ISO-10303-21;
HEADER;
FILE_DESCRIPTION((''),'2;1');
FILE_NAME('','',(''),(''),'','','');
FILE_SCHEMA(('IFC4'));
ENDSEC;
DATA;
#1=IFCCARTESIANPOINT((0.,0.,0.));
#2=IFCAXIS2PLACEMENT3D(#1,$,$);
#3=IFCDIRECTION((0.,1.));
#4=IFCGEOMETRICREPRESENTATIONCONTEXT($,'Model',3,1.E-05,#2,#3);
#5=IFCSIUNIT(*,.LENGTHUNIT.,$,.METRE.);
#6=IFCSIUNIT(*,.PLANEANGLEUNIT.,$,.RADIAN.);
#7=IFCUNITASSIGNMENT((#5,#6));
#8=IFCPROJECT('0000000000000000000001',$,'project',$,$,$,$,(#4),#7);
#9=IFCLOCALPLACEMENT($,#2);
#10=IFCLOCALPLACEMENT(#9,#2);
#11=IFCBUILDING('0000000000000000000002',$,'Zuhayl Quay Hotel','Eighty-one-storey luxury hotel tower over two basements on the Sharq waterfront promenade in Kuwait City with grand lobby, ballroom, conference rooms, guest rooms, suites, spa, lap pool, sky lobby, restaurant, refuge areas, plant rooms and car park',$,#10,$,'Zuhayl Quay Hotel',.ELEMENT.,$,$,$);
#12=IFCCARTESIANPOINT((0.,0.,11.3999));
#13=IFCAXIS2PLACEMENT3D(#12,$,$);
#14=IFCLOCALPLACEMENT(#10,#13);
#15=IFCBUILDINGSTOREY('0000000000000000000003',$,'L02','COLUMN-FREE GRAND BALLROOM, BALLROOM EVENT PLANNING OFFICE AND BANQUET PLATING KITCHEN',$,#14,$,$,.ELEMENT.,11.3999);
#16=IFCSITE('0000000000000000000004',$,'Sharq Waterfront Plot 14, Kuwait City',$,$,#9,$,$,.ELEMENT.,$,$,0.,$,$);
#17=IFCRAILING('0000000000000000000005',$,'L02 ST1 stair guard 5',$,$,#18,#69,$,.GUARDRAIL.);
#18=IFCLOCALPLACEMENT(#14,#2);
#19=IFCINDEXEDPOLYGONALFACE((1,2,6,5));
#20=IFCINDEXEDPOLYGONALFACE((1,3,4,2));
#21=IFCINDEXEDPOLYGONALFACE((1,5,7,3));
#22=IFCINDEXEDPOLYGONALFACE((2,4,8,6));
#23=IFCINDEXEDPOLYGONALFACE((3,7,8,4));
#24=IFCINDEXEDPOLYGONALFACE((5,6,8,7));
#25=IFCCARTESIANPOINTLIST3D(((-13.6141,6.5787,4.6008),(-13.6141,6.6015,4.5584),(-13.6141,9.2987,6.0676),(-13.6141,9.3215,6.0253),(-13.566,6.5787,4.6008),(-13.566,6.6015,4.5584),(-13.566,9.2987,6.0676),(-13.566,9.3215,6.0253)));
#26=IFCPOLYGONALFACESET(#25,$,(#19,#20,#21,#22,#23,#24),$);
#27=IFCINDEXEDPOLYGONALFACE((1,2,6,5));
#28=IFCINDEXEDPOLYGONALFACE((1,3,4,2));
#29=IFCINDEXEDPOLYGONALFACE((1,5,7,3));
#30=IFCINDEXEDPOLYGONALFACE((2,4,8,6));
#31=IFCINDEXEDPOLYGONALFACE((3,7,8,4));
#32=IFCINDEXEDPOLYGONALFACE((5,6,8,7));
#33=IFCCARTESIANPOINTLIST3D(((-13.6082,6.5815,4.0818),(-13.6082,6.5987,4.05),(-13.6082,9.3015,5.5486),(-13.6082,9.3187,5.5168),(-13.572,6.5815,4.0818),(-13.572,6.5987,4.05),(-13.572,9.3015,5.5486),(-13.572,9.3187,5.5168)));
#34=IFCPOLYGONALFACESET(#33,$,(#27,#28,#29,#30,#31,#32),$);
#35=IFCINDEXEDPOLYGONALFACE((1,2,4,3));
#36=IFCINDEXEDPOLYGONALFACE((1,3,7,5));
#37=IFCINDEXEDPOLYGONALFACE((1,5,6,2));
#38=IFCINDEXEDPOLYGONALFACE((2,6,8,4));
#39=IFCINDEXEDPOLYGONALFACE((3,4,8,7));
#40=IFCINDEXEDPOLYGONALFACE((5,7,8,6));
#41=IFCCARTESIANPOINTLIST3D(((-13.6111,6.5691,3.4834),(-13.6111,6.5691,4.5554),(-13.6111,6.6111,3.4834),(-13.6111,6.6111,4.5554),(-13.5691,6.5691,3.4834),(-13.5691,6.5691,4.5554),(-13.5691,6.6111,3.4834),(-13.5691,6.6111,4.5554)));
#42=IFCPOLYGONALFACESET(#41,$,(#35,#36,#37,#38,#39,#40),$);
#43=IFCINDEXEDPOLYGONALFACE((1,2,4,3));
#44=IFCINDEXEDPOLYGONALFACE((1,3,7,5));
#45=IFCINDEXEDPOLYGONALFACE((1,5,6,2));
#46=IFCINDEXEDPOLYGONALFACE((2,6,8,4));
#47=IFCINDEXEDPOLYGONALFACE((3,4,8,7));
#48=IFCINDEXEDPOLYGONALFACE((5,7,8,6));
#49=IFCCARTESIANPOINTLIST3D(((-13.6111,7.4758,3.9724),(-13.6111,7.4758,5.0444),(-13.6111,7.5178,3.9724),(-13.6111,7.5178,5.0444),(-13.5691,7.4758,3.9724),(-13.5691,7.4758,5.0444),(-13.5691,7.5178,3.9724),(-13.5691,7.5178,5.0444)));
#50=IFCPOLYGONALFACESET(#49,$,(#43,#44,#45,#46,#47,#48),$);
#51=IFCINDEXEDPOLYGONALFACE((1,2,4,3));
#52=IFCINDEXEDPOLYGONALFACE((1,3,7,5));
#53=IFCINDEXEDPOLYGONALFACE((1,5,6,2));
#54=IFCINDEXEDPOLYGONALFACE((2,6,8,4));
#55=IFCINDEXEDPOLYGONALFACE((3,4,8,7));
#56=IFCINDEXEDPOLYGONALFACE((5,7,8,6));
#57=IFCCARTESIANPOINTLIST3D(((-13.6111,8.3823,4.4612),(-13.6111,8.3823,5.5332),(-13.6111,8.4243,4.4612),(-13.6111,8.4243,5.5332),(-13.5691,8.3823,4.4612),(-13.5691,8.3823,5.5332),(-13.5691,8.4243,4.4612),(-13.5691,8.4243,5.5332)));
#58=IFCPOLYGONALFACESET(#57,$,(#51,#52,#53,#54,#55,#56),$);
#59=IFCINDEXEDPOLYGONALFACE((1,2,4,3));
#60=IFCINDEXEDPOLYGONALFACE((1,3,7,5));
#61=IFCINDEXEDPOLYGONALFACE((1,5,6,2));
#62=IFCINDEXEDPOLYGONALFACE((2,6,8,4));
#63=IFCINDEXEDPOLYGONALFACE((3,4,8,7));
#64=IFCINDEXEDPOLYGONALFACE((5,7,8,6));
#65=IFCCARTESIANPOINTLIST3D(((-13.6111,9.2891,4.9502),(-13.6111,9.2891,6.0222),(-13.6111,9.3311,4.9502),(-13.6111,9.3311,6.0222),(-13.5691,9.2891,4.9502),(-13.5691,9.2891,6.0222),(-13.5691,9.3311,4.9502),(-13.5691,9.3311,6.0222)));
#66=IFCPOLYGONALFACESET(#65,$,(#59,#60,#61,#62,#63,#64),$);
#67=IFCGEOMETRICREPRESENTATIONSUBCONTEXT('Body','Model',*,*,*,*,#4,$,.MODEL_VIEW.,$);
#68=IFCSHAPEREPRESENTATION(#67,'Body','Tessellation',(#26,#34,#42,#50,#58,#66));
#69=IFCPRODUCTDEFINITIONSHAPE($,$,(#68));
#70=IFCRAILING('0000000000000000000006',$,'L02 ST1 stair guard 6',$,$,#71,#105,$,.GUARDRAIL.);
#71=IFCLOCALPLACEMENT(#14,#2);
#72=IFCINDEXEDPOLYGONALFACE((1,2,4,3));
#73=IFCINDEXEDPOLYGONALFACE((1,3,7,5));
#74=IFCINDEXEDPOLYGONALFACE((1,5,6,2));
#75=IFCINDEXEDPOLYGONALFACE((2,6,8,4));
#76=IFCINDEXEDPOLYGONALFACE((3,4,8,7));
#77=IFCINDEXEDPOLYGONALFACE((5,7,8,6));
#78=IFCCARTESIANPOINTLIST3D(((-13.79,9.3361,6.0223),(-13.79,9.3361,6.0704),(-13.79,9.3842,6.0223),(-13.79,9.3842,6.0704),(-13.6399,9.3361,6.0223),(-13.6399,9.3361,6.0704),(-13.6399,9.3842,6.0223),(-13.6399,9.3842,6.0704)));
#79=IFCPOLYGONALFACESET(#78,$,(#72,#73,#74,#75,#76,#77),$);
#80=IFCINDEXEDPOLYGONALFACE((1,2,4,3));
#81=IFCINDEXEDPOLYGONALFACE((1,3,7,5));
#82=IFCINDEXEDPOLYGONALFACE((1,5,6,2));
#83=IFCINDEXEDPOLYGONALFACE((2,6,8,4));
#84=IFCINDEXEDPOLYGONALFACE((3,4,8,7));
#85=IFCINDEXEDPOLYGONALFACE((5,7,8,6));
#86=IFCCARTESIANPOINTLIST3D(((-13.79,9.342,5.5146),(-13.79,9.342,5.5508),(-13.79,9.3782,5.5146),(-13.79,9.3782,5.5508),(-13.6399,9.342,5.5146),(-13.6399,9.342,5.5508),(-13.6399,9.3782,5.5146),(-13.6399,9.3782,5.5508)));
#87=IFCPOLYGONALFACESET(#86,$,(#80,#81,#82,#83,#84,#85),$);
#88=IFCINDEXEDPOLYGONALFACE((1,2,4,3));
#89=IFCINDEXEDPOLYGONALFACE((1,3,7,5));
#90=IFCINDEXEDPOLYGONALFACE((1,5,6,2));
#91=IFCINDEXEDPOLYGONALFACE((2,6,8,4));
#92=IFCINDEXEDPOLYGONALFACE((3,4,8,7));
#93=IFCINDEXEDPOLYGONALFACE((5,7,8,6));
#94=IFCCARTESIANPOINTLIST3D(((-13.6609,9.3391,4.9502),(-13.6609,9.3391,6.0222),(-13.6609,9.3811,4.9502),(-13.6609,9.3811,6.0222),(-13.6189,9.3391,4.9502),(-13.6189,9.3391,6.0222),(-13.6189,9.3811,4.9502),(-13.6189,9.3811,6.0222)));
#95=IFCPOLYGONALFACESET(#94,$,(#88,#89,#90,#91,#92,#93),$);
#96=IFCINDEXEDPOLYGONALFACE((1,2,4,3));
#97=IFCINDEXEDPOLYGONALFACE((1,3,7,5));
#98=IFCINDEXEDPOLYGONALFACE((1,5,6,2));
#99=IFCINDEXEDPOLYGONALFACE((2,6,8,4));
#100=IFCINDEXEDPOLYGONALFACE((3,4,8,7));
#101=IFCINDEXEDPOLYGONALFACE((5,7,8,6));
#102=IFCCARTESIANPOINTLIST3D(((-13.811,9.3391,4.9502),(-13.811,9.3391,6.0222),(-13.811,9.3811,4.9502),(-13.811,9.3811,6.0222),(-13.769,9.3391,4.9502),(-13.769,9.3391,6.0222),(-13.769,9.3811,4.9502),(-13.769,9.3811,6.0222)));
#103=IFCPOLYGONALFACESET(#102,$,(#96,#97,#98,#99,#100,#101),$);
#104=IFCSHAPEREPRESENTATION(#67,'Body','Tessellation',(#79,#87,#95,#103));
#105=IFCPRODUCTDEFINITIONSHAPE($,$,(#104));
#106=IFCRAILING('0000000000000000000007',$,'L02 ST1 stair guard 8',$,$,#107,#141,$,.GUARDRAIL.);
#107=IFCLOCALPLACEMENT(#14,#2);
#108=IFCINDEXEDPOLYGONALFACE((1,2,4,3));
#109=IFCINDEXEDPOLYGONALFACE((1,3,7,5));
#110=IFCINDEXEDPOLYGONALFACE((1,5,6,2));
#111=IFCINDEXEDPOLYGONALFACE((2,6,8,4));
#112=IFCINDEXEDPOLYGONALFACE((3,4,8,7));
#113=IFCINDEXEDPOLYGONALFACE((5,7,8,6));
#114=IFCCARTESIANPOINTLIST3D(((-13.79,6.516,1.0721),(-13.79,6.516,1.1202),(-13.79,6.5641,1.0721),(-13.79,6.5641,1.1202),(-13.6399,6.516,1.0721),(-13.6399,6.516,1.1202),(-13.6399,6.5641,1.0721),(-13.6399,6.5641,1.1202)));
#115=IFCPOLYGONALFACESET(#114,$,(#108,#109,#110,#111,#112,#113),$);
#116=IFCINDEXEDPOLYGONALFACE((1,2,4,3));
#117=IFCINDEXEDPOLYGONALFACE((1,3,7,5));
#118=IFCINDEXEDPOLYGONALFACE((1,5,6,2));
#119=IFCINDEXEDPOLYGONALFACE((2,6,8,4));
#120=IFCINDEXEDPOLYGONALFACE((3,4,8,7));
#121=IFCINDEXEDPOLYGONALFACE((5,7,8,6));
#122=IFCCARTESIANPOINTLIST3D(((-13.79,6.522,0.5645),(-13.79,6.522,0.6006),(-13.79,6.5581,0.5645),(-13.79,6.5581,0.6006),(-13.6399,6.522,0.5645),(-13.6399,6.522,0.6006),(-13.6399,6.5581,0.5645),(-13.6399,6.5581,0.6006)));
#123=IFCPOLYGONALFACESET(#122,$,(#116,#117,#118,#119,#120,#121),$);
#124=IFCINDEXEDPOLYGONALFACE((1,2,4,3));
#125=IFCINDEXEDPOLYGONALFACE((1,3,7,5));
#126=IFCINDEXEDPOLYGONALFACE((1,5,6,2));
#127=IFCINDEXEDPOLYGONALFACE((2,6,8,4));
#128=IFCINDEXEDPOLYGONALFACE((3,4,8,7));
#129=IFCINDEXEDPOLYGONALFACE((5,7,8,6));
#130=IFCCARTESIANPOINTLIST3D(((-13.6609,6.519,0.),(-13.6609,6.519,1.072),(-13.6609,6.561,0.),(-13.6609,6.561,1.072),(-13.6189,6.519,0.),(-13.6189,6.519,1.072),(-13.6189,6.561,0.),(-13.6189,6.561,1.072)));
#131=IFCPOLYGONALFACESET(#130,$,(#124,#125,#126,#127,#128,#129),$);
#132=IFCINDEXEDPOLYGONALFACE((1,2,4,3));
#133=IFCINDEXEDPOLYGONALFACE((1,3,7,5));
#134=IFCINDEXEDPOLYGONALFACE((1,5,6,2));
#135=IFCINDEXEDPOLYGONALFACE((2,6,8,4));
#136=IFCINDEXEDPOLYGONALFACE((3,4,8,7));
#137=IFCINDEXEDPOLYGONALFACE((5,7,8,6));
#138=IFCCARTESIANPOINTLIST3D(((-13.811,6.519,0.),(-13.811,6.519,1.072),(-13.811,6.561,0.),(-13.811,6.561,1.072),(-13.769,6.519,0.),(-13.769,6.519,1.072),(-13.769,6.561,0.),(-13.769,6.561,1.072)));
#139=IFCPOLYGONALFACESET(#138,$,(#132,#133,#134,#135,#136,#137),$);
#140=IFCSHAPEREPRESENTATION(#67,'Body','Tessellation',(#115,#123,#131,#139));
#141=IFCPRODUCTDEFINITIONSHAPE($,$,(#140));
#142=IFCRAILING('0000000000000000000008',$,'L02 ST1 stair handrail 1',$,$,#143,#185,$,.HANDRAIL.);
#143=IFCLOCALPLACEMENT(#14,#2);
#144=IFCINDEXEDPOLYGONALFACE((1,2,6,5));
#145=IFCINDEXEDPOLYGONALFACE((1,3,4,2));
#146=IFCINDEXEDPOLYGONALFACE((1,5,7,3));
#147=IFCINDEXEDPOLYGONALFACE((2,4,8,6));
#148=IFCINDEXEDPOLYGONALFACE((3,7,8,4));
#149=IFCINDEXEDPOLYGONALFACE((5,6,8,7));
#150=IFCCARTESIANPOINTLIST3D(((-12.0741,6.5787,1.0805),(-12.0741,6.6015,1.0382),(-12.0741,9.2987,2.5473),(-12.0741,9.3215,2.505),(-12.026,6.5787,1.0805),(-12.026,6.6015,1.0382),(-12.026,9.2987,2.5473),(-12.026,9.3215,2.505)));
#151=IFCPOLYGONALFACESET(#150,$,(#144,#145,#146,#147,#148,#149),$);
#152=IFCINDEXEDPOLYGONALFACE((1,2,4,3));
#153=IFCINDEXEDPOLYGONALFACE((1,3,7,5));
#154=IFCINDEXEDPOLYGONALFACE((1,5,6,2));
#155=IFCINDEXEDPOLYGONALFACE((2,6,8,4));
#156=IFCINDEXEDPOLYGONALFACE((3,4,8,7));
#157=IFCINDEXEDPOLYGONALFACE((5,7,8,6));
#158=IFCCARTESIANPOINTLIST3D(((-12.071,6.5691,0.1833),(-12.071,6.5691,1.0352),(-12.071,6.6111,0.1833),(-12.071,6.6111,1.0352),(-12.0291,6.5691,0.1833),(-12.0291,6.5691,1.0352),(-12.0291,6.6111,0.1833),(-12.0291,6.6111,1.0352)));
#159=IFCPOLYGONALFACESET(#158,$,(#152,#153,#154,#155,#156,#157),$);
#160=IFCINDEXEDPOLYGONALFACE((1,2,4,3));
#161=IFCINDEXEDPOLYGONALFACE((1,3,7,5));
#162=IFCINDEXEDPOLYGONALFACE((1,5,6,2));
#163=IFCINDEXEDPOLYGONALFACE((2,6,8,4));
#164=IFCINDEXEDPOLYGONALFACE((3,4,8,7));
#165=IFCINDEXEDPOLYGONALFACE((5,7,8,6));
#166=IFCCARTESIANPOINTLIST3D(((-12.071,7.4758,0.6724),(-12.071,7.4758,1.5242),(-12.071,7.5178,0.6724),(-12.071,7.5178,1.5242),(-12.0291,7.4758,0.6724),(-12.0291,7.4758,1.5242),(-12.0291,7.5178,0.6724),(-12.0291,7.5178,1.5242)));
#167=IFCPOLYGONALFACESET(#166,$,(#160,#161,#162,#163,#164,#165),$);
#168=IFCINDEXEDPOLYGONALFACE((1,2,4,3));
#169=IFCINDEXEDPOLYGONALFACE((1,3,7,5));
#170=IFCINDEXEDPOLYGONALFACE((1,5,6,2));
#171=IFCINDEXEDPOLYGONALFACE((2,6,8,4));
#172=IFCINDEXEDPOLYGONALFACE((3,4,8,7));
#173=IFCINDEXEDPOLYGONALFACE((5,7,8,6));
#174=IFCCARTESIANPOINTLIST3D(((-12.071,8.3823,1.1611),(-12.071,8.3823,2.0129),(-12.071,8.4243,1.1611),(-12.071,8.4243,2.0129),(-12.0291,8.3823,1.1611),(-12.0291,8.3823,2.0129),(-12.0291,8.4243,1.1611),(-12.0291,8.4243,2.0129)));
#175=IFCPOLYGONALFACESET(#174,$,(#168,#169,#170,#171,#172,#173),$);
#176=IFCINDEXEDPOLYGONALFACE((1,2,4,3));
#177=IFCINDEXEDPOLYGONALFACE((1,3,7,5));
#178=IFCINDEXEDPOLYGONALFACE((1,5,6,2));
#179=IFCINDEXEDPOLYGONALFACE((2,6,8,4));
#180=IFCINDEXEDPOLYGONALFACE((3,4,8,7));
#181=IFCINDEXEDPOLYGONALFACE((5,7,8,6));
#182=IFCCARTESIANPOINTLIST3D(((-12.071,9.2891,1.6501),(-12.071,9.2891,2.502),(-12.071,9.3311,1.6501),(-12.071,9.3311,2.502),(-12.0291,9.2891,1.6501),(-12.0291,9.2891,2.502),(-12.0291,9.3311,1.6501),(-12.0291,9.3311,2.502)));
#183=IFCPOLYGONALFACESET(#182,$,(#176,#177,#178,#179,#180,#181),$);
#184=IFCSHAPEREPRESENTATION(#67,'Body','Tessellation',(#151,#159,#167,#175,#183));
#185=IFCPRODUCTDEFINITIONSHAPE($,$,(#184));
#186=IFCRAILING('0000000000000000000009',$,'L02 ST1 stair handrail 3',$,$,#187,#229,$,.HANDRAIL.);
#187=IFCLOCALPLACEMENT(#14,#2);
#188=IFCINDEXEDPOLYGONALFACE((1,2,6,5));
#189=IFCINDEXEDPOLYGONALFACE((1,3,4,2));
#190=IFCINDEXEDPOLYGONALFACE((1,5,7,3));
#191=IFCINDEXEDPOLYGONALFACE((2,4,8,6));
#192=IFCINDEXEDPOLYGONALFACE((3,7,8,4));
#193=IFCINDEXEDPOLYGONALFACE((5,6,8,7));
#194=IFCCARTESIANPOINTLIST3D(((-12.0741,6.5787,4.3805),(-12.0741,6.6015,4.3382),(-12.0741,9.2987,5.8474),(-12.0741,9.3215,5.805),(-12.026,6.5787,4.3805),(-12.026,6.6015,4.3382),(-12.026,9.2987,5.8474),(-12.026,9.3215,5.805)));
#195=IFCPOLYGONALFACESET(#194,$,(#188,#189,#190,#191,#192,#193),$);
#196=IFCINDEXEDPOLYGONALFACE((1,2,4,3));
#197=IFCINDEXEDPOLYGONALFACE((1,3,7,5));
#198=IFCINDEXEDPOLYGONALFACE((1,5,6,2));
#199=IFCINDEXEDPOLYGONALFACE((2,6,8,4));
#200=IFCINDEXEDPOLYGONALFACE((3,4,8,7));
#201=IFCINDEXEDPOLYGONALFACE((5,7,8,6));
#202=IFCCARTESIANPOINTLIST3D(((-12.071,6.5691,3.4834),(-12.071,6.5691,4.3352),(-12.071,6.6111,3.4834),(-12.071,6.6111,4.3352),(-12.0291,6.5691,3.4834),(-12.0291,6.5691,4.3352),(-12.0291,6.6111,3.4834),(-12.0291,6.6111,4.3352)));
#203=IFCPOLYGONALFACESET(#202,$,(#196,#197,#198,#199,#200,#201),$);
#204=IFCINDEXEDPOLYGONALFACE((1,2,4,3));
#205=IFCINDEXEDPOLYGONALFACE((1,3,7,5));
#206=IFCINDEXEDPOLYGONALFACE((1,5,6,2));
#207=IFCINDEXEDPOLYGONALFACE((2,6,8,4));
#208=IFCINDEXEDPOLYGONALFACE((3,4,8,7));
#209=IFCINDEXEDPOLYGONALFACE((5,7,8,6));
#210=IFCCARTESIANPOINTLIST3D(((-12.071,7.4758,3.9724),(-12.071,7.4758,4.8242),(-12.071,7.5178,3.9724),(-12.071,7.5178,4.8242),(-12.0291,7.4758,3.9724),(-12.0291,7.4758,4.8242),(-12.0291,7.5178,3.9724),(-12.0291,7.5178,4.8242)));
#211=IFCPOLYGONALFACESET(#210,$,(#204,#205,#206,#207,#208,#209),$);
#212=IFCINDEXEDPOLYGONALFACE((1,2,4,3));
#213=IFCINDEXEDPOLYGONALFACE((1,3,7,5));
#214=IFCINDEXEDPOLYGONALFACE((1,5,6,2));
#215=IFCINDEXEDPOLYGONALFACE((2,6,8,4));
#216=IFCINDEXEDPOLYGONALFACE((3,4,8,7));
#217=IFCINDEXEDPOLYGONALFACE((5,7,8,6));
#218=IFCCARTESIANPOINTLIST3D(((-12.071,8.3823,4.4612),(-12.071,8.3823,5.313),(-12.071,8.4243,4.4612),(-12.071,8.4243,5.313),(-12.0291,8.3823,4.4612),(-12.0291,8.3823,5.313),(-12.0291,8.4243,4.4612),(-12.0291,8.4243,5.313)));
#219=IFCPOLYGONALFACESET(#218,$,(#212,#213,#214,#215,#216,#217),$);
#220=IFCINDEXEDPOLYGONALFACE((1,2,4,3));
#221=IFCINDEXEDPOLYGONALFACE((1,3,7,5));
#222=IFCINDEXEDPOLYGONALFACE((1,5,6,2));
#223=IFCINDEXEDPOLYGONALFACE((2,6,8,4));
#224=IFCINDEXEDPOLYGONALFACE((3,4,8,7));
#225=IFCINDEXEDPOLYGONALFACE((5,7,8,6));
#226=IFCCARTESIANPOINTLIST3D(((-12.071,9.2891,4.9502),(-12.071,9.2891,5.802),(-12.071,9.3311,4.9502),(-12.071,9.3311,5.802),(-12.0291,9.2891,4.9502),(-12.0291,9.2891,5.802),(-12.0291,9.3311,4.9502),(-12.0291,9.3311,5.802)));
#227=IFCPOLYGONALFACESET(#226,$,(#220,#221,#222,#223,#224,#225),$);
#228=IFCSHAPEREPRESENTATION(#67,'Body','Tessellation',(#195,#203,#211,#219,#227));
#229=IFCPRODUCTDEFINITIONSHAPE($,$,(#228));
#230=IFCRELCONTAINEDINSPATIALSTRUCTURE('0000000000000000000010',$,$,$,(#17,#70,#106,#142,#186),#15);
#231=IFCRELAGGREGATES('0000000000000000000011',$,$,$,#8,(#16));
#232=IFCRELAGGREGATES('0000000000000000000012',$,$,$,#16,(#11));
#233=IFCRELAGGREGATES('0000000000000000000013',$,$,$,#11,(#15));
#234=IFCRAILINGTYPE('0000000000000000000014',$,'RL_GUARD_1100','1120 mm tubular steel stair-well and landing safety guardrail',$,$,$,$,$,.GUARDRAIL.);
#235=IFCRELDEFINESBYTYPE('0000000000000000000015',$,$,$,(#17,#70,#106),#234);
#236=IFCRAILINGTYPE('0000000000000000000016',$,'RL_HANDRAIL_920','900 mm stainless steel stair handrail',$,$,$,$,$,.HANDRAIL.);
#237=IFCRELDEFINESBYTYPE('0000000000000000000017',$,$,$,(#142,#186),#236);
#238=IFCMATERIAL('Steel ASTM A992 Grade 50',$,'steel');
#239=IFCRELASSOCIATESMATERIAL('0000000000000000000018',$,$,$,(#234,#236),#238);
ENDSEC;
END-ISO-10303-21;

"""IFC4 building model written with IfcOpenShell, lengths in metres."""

from ifc_helpers import new_model, si_unit, direction, frame, origin, origin_2d, place, context, subcontext, project, spatial, rectangle, extrude, material, type_object, element, save


model = new_model("IFC4")

# Units and contexts
model_context = context("Model", 3, precision=1e-05, world=origin(), true_north=direction((0.0, 1.0)))
body_context = subcontext(model_context, "Body", "Model", "MODEL_VIEW")
ifc_project = project(units=[si_unit("LENGTHUNIT", "METRE"), si_unit("PLANEANGLEUNIT", "RADIAN")], contexts=[model_context])

# Site, building, storey
site_placement = place(None, origin())
site = spatial("IfcSite", under=ifc_project, at=site_placement, Name="Sharq Waterfront Plot 14, Kuwait City", CompositionType="ELEMENT", RefElevation=0.0)
building_placement = place(site_placement, origin())
building = spatial("IfcBuilding", under=site, at=building_placement, Name="Zuhayl Quay Hotel", Description="Eighty-one-storey luxury hotel tower over two basements on the Sharq waterfront promenade in Kuwait City with grand lobby, ballroom, conference rooms, guest rooms, suites, spa, lap pool, sky lobby, restaurant, refuge areas, plant rooms and car park", LongName="Zuhayl Quay Hotel", CompositionType="ELEMENT")
storey_placement = place(building_placement, frame((0.0, 0.0, 11.3999)))
storey = spatial("IfcBuildingStorey", under=building, at=storey_placement, Name="L02", Description="COLUMN-FREE GRAND BALLROOM, BALLROOM EVENT PLANNING OFFICE AND BANQUET PLATING KITCHEN", CompositionType="ELEMENT", Elevation=11.3999)

# Shared definitions
ifc_material_1 = material(Name="Steel ASTM A992 Grade 50", Category="steel")

# Railings
railing_type_1 = type_object("IfcRailingType", Name="RL_GUARD_1100", Description="1120 mm tubular steel stair-well and landing safety guardrail", PredefinedType="GUARDRAIL", material=ifc_material_1)
railing_1_placement = place(storey_placement, frame((-13.5901, 6.5901, 3.4834)))
element("IfcRailing", 1, at=railing_1_placement, inside=storey, type_object=railing_type_1, Name="L02 ST1 stair guard 5", PredefinedType="GUARDRAIL", context=body_context, shape_type="SweptSolid", body=[
    extrude(rectangle(XDim=0.0481, YDim=0.0481, at=origin_2d()), frame((0.0, 0.0, 1.0962), z_axis=(0.0, 0.880174, 0.474651), x_axis=(-1.0, 0.0, 0.0)), (0.0, 0.0, 1.0), 3.0903),
    extrude(rectangle(XDim=0.0361, YDim=0.0361, at=origin_2d()), frame((0.0, 0.0, 0.5825), z_axis=(0.0, 0.880174, 0.474651), x_axis=(-1.0, 0.0, 0.0)), (0.0, 0.0, 1.0), 3.0903),
    extrude(rectangle(XDim=0.042, YDim=0.042, at=origin_2d()), origin(), (0.0, 0.0, 1.0), 1.072),
    extrude(rectangle(XDim=0.042, YDim=0.042, at=origin_2d()), frame((0.0, 0.9067, 0.489)), (0.0, 0.0, 1.0), 1.072),
    extrude(rectangle(XDim=0.042, YDim=0.042, at=origin_2d()), frame((0.0, 1.8132, 0.9778)), (0.0, 0.0, 1.0), 1.072),
    extrude(rectangle(XDim=0.042, YDim=0.042, at=origin_2d()), frame((0.0, 2.72, 1.4668)), (0.0, 0.0, 1.0), 1.072),
])
for number, where, name in (
    (2, (-13.6399, 9.3601, 4.9502), "L02 ST1 stair guard 6"),
    (3, (-13.6399, 6.54, 0.0), "L02 ST1 stair guard 8"),
):
    element("IfcRailing", number, at=place(storey_placement, frame(where)), inside=storey, type_object=railing_type_1, Name=name, PredefinedType="GUARDRAIL", context=body_context, shape_type="SweptSolid", body=[
        extrude(rectangle(XDim=0.0481, YDim=0.0481, at=origin_2d()), frame((0.0, 0.0, 1.0962), z_axis=(-1.0, 0.0, 0.0), x_axis=(0.0, -1.0, 0.0)), (0.0, 0.0, 1.0), 0.1501),
        extrude(rectangle(XDim=0.0361, YDim=0.0361, at=origin_2d()), frame((0.0, 0.0, 0.5825), z_axis=(-1.0, 0.0, 0.0), x_axis=(0.0, -1.0, 0.0)), (0.0, 0.0, 1.0), 0.1501),
        extrude(rectangle(XDim=0.042, YDim=0.042, at=origin_2d()), origin(), (0.0, 0.0, 1.0), 1.072),
        extrude(rectangle(XDim=0.042, YDim=0.042, at=origin_2d()), frame((-0.1501, 0.0, 0.0)), (0.0, 0.0, 1.0), 1.072),
    ])
railing_type_2 = type_object("IfcRailingType", Name="RL_HANDRAIL_920", Description="900 mm stainless steel stair handrail", PredefinedType="HANDRAIL", material=ifc_material_1)
for number, where, name in (
    (4, (-12.05, 6.5901, 0.1833), "L02 ST1 stair handrail 1"),
    (5, (-12.05, 6.5901, 3.4834), "L02 ST1 stair handrail 3"),
):
    element("IfcRailing", number, at=place(storey_placement, frame(where)), inside=storey, type_object=railing_type_2, Name=name, PredefinedType="HANDRAIL", context=body_context, shape_type="SweptSolid", body=[
        extrude(rectangle(XDim=0.0481, YDim=0.0481, at=origin_2d()), frame((0.0, 0.0, 0.876), z_axis=(0.0, 0.880174, 0.474651), x_axis=(-1.0, 0.0, 0.0)), (0.0, 0.0, 1.0), 3.0903),
        extrude(rectangle(XDim=0.042, YDim=0.042, at=origin_2d()), origin(), (0.0, 0.0, 1.0), 0.8518),
        extrude(rectangle(XDim=0.042, YDim=0.042, at=origin_2d()), frame((0.0, 0.9067, 0.489)), (0.0, 0.0, 1.0), 0.8518),
        extrude(rectangle(XDim=0.042, YDim=0.042, at=origin_2d()), frame((0.0, 1.8132, 0.9778)), (0.0, 0.0, 1.0), 0.8518),
        extrude(rectangle(XDim=0.042, YDim=0.042, at=origin_2d()), frame((0.0, 2.72, 1.4668)), (0.0, 0.0, 1.0), 0.8518),
    ])

save(model, "model.ifc")
